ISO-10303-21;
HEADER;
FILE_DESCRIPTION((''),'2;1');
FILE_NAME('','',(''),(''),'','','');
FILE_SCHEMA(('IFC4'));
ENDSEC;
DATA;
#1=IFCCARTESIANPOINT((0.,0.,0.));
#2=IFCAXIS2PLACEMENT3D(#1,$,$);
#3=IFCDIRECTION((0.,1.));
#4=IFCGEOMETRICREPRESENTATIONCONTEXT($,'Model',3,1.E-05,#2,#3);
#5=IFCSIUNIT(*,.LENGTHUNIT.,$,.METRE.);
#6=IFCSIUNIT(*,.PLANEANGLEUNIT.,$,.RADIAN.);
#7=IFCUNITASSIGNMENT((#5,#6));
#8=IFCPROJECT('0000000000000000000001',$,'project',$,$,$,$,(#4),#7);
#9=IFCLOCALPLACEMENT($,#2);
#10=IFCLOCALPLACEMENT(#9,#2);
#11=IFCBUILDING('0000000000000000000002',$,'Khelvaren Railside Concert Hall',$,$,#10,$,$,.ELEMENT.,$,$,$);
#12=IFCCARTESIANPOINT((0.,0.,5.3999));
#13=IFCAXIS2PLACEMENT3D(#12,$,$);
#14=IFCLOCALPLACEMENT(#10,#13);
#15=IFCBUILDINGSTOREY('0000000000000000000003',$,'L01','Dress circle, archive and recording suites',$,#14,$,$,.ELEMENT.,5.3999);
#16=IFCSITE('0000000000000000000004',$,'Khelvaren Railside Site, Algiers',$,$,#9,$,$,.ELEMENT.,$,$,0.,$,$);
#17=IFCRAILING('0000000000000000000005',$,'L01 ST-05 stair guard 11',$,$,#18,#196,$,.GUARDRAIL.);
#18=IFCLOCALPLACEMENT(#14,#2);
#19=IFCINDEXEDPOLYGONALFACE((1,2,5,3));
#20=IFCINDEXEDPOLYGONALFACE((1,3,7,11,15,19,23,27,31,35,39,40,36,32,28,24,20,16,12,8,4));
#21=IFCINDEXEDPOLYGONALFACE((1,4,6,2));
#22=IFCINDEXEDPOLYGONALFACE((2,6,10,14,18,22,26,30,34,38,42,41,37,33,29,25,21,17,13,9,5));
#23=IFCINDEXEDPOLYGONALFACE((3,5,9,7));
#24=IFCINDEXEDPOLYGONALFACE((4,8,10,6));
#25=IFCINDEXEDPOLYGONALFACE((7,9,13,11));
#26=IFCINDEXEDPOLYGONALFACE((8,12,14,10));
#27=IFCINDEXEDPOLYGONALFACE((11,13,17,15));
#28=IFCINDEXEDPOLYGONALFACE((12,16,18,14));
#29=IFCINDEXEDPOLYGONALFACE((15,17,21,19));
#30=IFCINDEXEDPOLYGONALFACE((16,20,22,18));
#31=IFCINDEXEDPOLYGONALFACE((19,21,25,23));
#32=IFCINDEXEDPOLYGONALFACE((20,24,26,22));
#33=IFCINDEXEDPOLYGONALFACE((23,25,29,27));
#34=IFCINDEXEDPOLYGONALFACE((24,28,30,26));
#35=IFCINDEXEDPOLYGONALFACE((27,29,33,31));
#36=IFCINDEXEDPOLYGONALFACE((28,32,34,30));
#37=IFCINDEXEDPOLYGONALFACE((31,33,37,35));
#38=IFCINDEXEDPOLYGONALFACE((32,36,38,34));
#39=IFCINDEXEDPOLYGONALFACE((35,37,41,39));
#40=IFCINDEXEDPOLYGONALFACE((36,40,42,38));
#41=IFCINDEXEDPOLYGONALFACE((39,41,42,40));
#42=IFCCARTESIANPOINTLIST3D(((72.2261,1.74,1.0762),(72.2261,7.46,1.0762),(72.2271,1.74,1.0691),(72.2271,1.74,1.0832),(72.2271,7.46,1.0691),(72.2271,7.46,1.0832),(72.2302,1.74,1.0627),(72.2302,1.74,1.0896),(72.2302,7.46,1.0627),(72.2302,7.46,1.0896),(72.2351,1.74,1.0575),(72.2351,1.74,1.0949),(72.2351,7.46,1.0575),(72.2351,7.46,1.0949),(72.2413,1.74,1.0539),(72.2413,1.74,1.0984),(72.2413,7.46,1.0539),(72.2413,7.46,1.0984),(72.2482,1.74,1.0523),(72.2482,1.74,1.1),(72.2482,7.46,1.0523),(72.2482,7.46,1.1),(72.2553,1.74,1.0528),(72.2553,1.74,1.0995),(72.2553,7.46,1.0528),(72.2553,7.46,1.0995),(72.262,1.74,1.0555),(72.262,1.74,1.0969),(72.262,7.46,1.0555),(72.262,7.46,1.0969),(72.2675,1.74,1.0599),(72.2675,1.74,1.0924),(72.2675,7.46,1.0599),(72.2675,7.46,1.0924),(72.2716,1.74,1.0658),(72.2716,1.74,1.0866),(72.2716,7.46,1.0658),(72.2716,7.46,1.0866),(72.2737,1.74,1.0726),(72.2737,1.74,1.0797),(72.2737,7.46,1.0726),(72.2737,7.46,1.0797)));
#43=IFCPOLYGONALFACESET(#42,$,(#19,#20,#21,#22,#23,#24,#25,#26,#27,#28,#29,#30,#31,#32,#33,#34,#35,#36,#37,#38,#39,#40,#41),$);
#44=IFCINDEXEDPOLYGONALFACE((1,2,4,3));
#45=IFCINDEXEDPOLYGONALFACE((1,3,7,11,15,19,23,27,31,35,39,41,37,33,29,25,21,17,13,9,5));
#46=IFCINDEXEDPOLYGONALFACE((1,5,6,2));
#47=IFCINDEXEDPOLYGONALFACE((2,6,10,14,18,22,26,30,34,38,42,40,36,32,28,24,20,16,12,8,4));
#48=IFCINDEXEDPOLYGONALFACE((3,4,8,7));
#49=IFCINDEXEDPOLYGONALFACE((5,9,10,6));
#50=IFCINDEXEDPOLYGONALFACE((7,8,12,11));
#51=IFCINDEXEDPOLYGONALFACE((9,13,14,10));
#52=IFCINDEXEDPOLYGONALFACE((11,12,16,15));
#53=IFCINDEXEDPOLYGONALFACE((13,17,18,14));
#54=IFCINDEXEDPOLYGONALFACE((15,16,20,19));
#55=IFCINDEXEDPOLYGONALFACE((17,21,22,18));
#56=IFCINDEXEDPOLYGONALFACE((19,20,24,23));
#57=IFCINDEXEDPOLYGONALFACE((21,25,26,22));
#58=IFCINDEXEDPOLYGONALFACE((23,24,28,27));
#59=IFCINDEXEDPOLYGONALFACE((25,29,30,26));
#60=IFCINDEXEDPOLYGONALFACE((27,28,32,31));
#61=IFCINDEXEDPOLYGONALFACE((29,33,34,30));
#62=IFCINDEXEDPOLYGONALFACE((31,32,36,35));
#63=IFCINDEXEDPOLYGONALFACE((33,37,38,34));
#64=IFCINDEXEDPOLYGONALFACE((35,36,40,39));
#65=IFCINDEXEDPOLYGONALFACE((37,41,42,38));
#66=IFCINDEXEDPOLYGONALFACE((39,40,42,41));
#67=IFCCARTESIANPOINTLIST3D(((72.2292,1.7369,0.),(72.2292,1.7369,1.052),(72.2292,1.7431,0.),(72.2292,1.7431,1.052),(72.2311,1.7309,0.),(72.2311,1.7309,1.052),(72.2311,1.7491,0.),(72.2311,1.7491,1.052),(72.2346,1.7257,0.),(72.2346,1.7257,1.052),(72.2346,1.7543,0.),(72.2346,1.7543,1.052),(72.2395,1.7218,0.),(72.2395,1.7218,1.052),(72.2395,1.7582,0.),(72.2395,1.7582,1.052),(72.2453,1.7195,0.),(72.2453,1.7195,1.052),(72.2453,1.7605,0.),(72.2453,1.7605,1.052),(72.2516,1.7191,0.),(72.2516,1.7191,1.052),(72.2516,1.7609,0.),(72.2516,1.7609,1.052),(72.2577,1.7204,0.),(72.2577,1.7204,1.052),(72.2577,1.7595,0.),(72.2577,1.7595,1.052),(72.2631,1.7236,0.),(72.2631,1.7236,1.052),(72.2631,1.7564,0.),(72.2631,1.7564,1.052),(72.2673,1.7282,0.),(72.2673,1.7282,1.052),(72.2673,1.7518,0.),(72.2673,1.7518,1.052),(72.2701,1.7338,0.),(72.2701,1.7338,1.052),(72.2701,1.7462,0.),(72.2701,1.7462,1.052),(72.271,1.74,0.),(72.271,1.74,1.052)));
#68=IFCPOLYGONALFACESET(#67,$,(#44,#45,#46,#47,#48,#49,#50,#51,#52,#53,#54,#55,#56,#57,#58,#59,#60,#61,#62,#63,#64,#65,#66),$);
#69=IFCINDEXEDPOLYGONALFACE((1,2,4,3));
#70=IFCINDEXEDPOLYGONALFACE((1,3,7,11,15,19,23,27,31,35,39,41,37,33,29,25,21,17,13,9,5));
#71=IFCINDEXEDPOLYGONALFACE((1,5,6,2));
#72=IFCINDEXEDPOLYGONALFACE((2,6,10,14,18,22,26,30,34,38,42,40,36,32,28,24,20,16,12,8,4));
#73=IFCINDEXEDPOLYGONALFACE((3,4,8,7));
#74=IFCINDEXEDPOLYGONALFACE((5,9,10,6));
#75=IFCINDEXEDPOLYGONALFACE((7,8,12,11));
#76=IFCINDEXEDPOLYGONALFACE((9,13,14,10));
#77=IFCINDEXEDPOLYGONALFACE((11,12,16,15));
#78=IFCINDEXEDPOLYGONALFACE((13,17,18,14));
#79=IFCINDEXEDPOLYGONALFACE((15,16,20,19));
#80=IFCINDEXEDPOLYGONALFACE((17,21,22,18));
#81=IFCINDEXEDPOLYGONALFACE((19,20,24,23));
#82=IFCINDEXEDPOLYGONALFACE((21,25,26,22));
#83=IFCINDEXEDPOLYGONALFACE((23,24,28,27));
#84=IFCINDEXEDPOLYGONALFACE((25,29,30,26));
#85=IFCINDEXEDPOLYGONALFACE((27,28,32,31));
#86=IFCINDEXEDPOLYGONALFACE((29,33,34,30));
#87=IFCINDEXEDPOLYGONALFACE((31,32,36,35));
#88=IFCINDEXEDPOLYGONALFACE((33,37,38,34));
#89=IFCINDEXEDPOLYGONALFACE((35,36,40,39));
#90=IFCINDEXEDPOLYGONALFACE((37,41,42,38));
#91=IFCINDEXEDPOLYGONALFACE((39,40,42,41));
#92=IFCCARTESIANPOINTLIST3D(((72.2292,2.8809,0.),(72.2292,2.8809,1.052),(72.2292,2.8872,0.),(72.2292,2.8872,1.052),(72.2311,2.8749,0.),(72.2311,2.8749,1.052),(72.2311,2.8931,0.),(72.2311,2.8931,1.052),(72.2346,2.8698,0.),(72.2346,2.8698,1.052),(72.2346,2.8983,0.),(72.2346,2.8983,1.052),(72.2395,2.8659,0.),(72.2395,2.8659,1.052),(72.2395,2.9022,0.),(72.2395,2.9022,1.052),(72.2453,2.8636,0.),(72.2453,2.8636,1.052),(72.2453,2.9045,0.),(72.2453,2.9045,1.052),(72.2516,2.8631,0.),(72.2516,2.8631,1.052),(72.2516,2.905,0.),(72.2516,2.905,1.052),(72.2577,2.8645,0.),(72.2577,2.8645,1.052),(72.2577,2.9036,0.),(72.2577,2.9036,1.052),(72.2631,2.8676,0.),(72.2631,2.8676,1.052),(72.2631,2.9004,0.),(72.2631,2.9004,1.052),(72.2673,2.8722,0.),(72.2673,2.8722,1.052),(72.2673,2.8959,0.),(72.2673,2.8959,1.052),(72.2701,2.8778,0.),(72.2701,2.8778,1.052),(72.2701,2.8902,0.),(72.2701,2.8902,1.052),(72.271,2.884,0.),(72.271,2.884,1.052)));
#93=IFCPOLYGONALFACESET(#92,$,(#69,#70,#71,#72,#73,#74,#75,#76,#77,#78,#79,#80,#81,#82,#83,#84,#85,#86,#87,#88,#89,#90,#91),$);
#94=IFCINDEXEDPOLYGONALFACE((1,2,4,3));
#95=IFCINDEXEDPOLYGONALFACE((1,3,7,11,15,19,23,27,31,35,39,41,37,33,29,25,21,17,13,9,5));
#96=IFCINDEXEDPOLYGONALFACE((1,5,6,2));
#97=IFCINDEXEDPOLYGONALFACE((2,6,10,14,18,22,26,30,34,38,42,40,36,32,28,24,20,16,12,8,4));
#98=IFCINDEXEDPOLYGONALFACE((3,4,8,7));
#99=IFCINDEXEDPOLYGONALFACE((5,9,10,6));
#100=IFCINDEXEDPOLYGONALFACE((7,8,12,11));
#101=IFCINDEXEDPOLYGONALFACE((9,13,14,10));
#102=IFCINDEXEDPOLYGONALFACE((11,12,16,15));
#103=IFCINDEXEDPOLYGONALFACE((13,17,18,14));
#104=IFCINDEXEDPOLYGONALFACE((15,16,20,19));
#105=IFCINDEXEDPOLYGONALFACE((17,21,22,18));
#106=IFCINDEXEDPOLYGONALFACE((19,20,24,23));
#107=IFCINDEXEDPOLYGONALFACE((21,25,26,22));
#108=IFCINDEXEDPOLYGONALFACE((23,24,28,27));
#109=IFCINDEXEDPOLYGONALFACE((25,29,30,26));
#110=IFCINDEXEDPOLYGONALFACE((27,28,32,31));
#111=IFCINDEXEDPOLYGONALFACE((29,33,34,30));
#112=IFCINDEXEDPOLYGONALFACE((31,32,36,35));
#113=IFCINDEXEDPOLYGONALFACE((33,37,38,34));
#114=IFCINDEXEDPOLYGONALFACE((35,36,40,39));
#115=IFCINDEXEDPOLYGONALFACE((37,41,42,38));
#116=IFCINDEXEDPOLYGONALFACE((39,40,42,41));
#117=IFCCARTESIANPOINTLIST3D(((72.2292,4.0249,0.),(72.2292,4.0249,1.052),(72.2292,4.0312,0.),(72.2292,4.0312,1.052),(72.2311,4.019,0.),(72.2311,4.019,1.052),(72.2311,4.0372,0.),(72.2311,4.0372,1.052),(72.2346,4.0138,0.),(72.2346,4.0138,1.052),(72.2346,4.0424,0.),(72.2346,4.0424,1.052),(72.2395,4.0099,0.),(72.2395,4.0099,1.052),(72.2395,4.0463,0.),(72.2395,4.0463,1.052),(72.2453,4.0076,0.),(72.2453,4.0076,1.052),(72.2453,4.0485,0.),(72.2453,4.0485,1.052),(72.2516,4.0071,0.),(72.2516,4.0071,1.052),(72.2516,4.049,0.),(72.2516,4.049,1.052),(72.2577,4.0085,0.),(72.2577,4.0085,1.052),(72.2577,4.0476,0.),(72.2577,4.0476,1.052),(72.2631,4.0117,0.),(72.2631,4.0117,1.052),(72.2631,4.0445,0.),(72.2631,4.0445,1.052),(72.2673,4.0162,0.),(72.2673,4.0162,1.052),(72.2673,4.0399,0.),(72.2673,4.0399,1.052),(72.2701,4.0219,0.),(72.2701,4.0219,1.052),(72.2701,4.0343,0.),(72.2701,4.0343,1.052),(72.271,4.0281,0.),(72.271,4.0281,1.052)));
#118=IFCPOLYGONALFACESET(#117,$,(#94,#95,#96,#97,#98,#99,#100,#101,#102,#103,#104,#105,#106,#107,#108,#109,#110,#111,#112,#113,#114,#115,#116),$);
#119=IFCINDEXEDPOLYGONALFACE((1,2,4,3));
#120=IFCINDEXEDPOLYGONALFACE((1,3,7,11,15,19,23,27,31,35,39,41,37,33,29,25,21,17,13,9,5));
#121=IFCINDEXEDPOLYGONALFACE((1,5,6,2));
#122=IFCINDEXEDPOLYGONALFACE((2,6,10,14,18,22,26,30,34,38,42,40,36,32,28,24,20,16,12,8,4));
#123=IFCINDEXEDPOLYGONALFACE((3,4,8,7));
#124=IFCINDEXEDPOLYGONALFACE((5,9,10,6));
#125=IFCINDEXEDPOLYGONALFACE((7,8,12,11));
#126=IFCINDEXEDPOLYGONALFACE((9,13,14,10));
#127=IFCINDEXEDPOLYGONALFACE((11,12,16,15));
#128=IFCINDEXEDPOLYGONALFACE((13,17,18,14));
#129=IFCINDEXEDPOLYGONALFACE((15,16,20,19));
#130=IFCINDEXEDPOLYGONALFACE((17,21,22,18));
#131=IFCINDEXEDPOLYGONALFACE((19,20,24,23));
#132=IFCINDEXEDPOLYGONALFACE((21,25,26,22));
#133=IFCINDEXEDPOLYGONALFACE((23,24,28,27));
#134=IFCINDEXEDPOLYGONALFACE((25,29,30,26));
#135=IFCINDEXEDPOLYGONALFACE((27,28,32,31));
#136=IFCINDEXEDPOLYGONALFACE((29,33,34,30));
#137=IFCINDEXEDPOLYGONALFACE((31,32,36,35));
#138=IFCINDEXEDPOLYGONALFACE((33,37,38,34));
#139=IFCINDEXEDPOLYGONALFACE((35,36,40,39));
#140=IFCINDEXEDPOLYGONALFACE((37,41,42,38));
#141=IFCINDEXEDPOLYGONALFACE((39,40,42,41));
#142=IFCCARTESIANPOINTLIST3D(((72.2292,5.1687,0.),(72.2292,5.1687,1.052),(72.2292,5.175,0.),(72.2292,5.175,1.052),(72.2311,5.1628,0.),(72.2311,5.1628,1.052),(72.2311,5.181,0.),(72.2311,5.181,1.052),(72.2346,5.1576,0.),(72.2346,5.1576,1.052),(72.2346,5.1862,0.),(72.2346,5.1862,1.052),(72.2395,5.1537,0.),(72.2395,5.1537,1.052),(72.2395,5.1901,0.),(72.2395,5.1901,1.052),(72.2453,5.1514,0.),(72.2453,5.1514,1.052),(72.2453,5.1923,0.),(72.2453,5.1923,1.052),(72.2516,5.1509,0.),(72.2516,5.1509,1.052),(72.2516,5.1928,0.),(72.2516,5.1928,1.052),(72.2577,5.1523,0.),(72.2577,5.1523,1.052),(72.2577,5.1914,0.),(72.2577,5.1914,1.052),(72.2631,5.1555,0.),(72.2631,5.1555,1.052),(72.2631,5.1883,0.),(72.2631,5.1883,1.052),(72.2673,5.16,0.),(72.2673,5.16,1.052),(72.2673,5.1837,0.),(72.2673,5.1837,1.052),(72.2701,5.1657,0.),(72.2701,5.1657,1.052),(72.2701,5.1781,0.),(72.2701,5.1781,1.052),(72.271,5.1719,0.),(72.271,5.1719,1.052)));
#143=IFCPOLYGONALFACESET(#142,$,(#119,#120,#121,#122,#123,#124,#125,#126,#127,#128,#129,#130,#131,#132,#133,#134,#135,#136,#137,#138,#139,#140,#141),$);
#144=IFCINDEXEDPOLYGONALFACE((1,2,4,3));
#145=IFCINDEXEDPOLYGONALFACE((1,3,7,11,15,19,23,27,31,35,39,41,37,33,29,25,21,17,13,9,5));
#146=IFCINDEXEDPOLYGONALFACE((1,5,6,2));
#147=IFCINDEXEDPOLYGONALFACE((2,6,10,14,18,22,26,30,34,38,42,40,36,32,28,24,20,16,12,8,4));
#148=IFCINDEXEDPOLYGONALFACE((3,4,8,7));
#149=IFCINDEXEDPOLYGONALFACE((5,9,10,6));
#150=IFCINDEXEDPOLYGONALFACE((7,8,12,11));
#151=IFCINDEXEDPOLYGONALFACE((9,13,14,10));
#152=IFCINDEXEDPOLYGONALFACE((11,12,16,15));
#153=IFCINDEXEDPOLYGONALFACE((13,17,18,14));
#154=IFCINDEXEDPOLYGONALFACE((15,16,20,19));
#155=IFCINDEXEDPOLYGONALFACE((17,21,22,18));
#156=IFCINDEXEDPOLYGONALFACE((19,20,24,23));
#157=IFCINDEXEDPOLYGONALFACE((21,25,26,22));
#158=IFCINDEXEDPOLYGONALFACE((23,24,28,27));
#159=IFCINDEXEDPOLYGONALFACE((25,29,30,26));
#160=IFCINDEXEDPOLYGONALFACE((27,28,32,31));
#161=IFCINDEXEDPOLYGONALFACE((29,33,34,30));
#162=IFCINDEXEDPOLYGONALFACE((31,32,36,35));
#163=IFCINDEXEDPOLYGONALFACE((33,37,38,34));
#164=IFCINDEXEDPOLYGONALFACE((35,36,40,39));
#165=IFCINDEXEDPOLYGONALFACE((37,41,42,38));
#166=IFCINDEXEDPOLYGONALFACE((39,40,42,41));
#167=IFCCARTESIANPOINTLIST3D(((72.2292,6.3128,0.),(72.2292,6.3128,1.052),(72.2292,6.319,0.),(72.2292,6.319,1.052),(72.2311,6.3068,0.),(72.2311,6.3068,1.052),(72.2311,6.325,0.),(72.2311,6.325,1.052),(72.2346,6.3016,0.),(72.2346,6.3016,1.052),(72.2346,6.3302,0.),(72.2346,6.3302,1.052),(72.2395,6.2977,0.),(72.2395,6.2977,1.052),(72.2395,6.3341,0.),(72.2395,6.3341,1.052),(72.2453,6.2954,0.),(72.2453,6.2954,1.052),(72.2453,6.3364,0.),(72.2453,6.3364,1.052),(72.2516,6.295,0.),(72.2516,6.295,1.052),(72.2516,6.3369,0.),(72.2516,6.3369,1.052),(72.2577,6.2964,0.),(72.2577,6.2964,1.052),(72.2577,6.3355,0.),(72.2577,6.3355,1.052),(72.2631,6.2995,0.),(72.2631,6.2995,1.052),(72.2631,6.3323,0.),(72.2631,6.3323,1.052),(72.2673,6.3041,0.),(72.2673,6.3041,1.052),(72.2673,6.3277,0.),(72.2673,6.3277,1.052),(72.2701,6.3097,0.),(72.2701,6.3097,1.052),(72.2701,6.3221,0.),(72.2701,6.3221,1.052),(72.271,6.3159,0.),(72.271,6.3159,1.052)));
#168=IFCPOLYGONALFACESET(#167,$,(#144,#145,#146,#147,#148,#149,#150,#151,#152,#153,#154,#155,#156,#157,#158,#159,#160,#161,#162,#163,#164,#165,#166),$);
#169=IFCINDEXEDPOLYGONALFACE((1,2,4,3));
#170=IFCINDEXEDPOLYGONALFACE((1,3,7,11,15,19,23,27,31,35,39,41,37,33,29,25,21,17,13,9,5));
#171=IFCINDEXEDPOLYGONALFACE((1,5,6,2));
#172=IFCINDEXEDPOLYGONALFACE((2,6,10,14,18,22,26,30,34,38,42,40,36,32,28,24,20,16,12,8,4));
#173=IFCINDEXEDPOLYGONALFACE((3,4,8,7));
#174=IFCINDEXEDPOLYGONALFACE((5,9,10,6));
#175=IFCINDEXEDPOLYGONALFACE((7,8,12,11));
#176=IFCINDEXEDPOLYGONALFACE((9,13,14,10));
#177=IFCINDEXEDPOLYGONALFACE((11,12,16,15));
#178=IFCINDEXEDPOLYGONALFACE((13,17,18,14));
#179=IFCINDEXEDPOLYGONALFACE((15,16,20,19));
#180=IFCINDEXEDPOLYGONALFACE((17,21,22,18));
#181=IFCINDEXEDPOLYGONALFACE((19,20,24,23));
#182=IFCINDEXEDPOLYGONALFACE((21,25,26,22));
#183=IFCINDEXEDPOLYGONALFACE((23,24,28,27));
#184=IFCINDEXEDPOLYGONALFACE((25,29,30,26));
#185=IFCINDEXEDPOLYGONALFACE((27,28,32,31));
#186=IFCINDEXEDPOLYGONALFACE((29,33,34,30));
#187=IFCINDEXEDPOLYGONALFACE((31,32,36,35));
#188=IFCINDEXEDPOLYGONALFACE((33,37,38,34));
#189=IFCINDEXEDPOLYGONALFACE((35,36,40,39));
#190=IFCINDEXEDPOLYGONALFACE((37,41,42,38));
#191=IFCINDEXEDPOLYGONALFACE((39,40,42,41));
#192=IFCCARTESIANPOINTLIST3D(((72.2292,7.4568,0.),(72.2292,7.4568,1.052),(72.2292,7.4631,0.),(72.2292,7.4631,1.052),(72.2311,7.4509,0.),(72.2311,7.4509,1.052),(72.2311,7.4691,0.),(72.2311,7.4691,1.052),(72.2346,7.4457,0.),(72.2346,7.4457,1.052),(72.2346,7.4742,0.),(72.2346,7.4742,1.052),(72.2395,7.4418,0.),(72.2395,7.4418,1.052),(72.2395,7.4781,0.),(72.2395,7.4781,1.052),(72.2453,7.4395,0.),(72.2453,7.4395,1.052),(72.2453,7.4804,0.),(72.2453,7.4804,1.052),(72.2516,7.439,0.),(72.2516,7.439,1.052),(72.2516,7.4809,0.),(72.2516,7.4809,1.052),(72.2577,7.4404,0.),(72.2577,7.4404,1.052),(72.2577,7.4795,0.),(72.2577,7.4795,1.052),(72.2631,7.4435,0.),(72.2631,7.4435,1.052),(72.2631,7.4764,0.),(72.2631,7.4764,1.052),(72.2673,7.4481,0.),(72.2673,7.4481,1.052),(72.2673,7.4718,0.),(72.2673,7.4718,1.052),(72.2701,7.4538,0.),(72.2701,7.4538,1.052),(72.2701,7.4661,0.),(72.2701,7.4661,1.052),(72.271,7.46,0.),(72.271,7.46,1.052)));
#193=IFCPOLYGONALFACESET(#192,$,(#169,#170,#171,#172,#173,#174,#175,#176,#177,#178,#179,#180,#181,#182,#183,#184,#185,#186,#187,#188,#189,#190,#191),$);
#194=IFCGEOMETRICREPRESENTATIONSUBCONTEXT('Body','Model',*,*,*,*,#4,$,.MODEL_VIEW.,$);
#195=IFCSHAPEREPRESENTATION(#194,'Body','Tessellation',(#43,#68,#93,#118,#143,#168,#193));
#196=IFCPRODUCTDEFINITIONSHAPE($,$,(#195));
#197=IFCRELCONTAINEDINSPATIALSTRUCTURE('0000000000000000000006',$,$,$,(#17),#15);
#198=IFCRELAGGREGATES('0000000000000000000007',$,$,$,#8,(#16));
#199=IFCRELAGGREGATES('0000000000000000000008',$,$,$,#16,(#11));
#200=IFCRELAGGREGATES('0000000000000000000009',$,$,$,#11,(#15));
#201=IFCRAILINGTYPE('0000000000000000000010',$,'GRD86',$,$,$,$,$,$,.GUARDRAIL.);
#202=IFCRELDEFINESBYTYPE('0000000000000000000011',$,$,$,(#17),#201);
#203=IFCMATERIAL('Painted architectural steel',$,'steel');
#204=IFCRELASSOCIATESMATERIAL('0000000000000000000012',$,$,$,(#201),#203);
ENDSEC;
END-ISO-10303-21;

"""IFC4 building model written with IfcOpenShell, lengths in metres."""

from ifc_helpers import new_model, si_unit, direction, frame, origin, origin_2d, place, context, subcontext, project, spatial, circle, extrude, material, type_object, element, save


model = new_model("IFC4")

# Units and contexts
model_context = context("Model", 3, precision=1e-05, world=origin(), true_north=direction((0.0, 1.0)))
body_context = subcontext(model_context, "Body", "Model", "MODEL_VIEW")
ifc_project = project(units=[si_unit("LENGTHUNIT", "METRE"), si_unit("PLANEANGLEUNIT", "RADIAN")], contexts=[model_context])

# Site, building, storey
site_placement = place(None, origin())
site = spatial("IfcSite", under=ifc_project, at=site_placement, Name="Khelvaren Railside Site, Algiers", CompositionType="ELEMENT", RefElevation=0.0)
building_placement = place(site_placement, origin())
building = spatial("IfcBuilding", under=site, at=building_placement, Name="Khelvaren Railside Concert Hall", CompositionType="ELEMENT")
storey_placement = place(building_placement, frame((0.0, 0.0, 5.3999)))
storey = spatial("IfcBuildingStorey", under=building, at=storey_placement, Name="L01", Description="Dress circle, archive and recording suites", CompositionType="ELEMENT", Elevation=5.3999)

# Railing
ifc_material_1 = material(Name="Painted architectural steel", Category="steel")
railing_type_1 = type_object("IfcRailingType", Name="GRD86", PredefinedType="GUARDRAIL", material=ifc_material_1)
for number, where, name in (
    (1, (72.25, 1.74, 0.0), "L01 ST-05 stair guard 11"),
):
    element("IfcRailing", number, at=place(storey_placement, frame(where)), inside=storey, type_object=railing_type_1, Name=name, PredefinedType="GUARDRAIL", context=body_context, shape_type="SweptSolid", body=[
        extrude(circle(Radius=0.0239, at=origin_2d()), frame((0.0, 0.0, 1.0762), z_axis=(0.0, 1.0, 0.0), x_axis=(-1.0, 0.0, 0.0)), (0.0, 0.0, 1.0), 5.72),
        extrude(circle(Radius=0.021, at=origin_2d()), origin(), (0.0, 0.0, 1.0), 1.052),
        extrude(circle(Radius=0.021, at=origin_2d()), frame((0.0, 1.144, 0.0)), (0.0, 0.0, 1.0), 1.052),
        extrude(circle(Radius=0.021, at=origin_2d()), frame((0.0, 2.2881, 0.0)), (0.0, 0.0, 1.0), 1.052),
        extrude(circle(Radius=0.021, at=origin_2d()), frame((0.0, 3.4319, 0.0)), (0.0, 0.0, 1.0), 1.052),
        extrude(circle(Radius=0.021, at=origin_2d()), frame((0.0, 4.5759, 0.0)), (0.0, 0.0, 1.0), 1.052),
        extrude(circle(Radius=0.021, at=origin_2d()), frame((0.0, 5.72, 0.0)), (0.0, 0.0, 1.0), 1.052),
    ])

save(model, "model.ifc")
